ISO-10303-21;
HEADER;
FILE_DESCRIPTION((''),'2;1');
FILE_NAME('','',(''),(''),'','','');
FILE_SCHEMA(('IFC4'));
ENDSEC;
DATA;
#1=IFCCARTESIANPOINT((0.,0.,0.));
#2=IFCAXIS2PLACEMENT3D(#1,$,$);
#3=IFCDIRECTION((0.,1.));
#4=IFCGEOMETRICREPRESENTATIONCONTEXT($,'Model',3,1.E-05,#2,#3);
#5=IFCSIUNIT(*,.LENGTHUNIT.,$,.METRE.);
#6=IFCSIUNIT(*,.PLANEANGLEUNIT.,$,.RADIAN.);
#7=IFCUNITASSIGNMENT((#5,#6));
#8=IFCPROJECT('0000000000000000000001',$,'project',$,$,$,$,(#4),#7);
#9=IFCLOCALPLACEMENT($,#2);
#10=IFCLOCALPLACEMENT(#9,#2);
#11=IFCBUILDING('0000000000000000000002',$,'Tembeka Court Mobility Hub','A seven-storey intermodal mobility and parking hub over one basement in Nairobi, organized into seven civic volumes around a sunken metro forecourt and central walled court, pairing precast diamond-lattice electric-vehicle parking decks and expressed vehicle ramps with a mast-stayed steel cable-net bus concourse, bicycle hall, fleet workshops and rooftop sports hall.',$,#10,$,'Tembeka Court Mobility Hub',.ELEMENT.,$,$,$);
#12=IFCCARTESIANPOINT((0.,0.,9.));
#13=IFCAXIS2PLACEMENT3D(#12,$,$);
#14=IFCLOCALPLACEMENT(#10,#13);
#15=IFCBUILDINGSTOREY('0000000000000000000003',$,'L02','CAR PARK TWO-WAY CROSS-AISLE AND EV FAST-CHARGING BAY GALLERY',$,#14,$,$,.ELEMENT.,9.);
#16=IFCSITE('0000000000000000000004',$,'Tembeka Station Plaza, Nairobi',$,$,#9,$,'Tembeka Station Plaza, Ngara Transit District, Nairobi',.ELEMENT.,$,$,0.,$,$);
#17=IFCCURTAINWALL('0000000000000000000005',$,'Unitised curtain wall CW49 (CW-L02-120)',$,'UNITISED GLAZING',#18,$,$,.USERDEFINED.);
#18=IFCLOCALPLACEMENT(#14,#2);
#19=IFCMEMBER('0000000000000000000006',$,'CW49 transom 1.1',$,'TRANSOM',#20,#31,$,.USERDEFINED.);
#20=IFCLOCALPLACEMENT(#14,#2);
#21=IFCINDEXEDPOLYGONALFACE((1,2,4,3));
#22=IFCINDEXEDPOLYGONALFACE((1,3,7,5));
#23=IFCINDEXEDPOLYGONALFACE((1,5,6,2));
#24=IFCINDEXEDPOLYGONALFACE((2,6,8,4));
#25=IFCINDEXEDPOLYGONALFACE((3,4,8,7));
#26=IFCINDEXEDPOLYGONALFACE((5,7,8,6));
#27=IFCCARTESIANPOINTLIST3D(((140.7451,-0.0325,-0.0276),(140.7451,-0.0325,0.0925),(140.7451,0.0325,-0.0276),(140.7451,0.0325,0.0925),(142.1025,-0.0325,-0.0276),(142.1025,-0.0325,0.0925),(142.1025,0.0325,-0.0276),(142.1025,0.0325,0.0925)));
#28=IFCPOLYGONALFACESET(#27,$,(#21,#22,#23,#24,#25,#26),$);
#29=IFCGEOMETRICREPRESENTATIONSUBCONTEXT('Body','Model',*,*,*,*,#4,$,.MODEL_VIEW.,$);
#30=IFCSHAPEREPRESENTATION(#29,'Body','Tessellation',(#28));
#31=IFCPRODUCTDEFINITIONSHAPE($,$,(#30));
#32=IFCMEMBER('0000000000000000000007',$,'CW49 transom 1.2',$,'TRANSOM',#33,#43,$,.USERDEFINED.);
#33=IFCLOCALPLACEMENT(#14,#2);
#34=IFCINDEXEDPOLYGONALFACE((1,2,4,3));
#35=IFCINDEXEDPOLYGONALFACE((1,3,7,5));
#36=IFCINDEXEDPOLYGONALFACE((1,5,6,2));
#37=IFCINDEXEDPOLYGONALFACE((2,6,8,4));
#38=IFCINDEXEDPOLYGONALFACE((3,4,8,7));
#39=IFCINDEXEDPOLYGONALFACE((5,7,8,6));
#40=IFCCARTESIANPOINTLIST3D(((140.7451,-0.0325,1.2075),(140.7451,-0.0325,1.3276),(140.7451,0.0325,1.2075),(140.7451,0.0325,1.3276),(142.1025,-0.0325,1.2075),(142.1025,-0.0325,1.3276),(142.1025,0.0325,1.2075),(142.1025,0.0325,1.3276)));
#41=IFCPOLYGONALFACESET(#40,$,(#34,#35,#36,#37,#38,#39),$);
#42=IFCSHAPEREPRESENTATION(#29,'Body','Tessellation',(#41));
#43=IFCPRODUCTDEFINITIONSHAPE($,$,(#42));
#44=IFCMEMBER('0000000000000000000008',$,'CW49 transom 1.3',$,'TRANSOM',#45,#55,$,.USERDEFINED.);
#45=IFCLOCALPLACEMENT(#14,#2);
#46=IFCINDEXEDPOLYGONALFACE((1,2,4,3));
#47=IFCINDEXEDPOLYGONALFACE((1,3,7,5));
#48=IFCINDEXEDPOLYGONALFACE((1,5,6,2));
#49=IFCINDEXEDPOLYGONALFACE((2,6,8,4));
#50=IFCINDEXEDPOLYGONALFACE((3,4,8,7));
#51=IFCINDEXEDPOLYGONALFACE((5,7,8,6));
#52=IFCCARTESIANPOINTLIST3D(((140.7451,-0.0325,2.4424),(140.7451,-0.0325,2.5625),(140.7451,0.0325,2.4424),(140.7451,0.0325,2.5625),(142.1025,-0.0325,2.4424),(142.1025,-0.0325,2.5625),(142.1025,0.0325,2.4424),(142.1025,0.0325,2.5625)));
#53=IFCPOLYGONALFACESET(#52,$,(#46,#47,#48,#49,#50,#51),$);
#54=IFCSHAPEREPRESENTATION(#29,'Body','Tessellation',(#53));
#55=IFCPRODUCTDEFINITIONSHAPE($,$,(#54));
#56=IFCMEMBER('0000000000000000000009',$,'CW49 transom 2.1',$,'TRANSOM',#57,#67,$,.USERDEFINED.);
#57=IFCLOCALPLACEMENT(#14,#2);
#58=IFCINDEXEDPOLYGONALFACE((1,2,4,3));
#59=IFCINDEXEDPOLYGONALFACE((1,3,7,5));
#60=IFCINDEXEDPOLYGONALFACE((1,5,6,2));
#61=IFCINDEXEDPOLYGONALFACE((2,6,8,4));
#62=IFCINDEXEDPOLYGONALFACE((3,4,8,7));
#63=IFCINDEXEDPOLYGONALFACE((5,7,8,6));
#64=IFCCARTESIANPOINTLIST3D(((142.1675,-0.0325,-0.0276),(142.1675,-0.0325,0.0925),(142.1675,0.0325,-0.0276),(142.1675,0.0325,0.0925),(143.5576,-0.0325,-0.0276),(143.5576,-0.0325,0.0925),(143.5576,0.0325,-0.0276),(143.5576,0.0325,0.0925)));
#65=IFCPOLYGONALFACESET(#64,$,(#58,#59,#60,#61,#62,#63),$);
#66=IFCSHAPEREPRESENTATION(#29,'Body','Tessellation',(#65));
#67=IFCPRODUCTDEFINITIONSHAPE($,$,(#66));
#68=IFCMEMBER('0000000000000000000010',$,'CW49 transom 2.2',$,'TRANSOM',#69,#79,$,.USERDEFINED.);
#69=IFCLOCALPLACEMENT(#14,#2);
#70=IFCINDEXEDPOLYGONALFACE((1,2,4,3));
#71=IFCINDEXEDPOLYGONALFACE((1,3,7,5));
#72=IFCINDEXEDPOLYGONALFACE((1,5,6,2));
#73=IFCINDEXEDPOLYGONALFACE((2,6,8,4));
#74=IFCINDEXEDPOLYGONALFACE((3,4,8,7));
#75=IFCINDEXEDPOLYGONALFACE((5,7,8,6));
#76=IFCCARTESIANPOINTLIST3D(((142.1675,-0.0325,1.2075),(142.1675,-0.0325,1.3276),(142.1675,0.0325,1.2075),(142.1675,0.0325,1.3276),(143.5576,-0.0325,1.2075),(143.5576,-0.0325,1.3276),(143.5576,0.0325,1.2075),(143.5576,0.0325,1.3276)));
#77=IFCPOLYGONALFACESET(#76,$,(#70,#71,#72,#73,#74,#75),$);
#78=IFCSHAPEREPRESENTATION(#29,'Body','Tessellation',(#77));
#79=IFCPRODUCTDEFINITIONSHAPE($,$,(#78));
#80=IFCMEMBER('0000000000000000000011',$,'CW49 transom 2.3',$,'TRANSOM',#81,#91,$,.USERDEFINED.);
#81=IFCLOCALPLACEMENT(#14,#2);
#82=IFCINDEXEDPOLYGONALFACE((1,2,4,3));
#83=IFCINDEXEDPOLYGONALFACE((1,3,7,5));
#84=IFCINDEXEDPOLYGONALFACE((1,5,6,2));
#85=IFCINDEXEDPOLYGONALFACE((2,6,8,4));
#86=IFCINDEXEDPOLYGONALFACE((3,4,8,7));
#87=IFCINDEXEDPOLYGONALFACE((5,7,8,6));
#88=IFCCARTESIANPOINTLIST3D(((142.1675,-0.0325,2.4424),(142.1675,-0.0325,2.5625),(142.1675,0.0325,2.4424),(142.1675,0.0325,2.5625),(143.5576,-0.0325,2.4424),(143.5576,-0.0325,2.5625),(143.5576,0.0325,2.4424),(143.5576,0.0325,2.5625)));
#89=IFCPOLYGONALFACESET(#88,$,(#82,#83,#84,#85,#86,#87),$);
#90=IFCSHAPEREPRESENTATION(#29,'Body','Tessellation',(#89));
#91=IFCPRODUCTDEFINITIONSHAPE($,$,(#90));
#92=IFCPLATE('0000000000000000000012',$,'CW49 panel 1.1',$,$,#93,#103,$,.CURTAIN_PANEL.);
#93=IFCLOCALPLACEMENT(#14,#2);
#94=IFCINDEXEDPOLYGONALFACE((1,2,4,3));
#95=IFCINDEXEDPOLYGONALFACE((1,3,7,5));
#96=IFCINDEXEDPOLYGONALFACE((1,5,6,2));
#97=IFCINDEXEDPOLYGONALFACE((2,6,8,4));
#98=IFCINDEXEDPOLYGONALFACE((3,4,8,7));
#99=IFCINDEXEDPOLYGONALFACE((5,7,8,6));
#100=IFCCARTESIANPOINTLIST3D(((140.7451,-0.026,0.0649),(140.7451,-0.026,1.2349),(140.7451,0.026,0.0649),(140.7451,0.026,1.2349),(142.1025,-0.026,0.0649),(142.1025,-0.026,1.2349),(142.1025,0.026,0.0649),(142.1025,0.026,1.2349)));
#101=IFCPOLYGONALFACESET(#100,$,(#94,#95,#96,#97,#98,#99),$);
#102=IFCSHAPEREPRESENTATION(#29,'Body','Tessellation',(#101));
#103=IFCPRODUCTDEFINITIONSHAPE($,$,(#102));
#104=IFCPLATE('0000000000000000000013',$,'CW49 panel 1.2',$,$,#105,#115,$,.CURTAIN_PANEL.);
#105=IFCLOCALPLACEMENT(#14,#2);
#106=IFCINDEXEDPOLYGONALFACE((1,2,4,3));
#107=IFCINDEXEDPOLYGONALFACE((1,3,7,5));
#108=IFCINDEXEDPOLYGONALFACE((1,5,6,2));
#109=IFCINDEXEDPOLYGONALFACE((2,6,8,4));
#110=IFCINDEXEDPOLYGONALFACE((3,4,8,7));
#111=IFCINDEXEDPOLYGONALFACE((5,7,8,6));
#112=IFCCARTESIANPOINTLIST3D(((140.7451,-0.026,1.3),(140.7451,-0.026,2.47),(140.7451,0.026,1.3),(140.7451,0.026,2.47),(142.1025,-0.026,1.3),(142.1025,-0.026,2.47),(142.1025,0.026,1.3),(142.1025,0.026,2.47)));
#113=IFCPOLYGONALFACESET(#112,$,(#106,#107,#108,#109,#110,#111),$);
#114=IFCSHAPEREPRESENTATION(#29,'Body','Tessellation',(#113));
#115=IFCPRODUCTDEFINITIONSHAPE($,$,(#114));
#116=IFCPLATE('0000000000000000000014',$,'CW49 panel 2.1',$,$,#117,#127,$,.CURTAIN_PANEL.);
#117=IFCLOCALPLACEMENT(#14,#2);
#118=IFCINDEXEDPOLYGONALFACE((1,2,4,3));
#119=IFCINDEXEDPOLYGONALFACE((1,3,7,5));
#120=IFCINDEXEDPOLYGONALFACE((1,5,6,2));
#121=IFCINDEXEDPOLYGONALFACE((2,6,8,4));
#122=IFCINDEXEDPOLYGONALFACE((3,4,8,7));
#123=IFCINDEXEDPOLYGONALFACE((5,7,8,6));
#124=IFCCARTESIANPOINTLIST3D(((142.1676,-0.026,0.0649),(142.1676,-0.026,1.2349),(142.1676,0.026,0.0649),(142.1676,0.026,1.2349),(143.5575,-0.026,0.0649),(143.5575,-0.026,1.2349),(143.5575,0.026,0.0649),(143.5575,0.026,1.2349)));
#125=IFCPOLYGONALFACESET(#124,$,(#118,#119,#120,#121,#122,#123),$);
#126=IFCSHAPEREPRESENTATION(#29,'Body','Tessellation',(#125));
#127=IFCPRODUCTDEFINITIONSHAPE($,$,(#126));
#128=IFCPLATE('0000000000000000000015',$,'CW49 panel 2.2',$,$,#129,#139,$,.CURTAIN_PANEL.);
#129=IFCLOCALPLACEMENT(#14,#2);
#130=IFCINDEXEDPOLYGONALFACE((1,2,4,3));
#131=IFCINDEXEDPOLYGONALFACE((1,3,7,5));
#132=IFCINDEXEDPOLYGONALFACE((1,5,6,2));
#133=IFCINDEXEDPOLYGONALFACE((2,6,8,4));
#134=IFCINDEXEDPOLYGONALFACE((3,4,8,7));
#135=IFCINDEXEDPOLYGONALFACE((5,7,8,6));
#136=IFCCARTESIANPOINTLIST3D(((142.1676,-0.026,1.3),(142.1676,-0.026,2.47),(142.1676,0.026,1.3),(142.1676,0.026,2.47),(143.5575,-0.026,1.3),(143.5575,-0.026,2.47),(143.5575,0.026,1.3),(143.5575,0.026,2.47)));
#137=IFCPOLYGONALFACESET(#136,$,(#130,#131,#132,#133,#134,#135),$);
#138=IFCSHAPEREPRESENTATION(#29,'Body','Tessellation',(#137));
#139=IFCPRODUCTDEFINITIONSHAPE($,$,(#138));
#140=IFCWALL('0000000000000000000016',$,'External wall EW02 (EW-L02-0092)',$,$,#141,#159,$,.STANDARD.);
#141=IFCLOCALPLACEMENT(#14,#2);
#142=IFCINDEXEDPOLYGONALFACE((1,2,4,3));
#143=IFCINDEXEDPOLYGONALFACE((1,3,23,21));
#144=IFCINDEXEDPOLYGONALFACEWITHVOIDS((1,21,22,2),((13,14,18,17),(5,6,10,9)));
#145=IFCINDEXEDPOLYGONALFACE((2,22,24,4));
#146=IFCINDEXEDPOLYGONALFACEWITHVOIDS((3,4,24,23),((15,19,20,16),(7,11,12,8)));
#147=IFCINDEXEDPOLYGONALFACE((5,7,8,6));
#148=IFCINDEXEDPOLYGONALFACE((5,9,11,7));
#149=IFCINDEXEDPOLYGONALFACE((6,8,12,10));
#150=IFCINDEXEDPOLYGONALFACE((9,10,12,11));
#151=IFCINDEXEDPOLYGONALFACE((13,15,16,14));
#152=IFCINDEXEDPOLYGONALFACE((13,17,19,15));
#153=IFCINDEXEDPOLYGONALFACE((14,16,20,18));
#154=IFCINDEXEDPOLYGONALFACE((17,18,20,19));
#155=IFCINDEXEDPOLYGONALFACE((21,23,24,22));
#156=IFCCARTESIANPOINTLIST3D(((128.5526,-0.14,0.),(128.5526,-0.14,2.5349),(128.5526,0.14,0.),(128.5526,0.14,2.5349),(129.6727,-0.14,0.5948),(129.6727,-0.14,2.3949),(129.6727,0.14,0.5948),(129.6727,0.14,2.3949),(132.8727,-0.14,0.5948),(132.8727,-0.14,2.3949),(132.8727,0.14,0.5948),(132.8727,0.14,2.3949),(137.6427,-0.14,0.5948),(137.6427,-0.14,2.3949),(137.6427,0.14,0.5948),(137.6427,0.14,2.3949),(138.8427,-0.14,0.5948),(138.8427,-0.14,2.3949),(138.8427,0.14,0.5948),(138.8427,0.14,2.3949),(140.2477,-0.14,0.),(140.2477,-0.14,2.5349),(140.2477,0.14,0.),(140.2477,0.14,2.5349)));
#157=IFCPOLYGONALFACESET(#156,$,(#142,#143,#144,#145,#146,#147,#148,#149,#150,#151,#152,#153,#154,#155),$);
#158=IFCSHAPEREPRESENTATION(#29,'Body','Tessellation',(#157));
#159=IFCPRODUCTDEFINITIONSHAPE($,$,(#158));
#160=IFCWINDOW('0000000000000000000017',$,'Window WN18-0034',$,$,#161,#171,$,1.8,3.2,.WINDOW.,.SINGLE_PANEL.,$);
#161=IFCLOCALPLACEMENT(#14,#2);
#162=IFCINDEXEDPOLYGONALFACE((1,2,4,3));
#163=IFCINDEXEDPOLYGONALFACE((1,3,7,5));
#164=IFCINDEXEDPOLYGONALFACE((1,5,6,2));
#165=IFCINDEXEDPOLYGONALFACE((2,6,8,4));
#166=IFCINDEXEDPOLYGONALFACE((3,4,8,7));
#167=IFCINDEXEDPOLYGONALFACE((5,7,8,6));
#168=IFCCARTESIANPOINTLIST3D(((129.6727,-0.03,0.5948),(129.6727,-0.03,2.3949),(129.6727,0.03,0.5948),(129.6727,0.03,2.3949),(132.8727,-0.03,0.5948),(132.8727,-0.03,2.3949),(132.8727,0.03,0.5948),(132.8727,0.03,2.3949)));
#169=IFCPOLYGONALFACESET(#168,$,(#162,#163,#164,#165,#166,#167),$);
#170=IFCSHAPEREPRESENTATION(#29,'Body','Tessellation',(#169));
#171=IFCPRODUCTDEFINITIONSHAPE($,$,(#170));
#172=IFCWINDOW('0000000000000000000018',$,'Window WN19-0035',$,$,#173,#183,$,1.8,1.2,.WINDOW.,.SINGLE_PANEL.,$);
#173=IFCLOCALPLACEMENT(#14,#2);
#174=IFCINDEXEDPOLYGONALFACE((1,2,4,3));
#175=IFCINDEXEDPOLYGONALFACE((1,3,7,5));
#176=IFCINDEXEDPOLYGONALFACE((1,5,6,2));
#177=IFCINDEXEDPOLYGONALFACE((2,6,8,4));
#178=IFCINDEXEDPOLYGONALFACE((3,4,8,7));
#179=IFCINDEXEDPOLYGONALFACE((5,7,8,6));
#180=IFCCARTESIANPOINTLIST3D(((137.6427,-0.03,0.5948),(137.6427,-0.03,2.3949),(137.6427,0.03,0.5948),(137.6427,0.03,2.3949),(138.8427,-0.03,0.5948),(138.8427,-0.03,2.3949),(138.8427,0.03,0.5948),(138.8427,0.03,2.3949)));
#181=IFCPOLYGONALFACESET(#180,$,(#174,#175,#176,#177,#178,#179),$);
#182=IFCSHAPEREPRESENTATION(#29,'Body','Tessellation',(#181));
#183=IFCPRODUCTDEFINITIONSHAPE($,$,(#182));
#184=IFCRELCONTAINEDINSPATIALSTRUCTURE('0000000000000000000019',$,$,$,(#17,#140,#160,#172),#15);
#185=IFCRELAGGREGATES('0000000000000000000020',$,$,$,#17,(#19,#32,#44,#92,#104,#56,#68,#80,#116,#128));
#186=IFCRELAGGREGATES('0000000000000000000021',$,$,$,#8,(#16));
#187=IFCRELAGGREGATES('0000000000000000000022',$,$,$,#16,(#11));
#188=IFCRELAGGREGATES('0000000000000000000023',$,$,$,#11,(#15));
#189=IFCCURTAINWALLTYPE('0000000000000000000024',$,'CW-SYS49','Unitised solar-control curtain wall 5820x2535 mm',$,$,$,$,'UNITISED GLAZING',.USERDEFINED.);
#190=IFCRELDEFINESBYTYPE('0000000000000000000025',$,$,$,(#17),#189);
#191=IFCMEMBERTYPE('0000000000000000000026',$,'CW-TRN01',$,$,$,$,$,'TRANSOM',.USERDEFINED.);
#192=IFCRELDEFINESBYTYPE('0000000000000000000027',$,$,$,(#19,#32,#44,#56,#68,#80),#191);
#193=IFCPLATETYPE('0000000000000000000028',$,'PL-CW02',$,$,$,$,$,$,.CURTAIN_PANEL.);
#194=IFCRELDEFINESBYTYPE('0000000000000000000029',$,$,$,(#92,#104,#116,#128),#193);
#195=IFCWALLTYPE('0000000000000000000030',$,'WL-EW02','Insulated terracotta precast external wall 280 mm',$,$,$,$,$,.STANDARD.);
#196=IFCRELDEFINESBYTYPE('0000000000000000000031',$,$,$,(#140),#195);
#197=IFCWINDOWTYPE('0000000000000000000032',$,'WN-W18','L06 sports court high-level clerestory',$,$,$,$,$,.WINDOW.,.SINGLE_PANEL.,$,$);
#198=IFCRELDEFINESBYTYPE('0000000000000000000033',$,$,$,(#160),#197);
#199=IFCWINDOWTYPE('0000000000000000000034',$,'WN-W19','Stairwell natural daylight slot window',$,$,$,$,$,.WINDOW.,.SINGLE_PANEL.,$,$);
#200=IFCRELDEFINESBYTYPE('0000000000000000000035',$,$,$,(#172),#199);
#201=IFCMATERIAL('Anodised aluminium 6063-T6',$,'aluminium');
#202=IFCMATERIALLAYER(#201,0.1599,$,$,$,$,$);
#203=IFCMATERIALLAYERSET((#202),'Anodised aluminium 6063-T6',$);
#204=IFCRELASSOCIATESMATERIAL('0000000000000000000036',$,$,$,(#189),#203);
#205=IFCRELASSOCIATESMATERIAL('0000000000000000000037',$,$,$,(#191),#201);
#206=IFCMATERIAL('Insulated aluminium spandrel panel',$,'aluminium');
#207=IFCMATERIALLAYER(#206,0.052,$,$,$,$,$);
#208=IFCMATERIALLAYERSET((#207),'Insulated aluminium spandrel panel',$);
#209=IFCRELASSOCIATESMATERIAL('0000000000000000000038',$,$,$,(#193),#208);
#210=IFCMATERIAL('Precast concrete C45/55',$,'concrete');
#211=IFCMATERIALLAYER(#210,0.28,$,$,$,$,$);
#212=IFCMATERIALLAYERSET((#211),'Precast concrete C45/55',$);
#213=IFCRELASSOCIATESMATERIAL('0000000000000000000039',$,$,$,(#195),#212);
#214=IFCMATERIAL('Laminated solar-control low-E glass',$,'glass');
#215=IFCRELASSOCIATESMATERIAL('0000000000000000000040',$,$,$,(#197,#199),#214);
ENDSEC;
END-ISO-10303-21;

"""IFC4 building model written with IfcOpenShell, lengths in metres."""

from ifc_helpers import new_model, si_unit, direction, frame, frame_2d, origin, origin_2d, place, context, subcontext, project, spatial, rectangle, extrude, material, layer, layer_set, material_profile, profile_set, type_object, element, fill, aggregate, save


model = new_model("IFC4")

# Units and contexts
model_context = context("Model", 3, precision=1e-05, world=origin(), true_north=direction((0.0, 1.0)))
body_context = subcontext(model_context, "Body", "Model", "MODEL_VIEW")
ifc_project = project(units=[si_unit("LENGTHUNIT", "METRE"), si_unit("PLANEANGLEUNIT", "RADIAN")], contexts=[model_context])

# Site, building, storey
site_placement = place(None, origin())
site = spatial("IfcSite", under=ifc_project, at=site_placement, Name="Tembeka Station Plaza, Nairobi", LongName="Tembeka Station Plaza, Ngara Transit District, Nairobi", CompositionType="ELEMENT", RefElevation=0.0)
building_placement = place(site_placement, origin())
building = spatial("IfcBuilding", under=site, at=building_placement, Name="Tembeka Court Mobility Hub", Description="A seven-storey intermodal mobility and parking hub over one basement in Nairobi, organized into seven civic volumes around a sunken metro forecourt and central walled court, pairing precast diamond-lattice electric-vehicle parking decks and expressed vehicle ramps with a mast-stayed steel cable-net bus concourse, bicycle hall, fleet workshops and rooftop sports hall.", LongName="Tembeka Court Mobility Hub", CompositionType="ELEMENT")
storey_placement = place(building_placement, frame((0.0, 0.0, 9.0)))
storey = spatial("IfcBuildingStorey", under=building, at=storey_placement, Name="L02", Description="CAR PARK TWO-WAY CROSS-AISLE AND EV FAST-CHARGING BAY GALLERY", CompositionType="ELEMENT", Elevation=9.0)

# Curtain wall, members, plates
ifc_material_1 = material(Name="Anodised aluminium 6063-T6", Category="aluminium")
ifc_layer_1 = layer(ifc_material_1, 0.1599)
ifc_layer_set_1 = layer_set([ifc_layer_1], Name="Anodised aluminium 6063-T6")
curtain_wall_type = type_object("IfcCurtainWallType", Name="CW-SYS49", Description="Unitised solar-control curtain wall 5820x2535 mm", ElementType="UNITISED GLAZING", PredefinedType="USERDEFINED", material=ifc_layer_set_1)
curtain_wall_placement = place(storey_placement, origin())
curtain_wall = element("IfcCurtainWall", 1, at=curtain_wall_placement, inside=storey, type_object=curtain_wall_type, Name="Unitised curtain wall CW49 (CW-L02-120)", ObjectType="UNITISED GLAZING", PredefinedType="USERDEFINED")
ifc_material_profile_1 = material_profile(ifc_material_1, rectangle(XDim=0.0649, YDim=0.1201, at=origin_2d()), Name="ALU-TRN 65x120")
ifc_profile_set_1 = profile_set([ifc_material_profile_1], Name="Anodised aluminium 6063-T6")
member_type_1 = type_object("IfcMemberType", Name="CW-TRN01", ElementType="TRANSOM", PredefinedType="USERDEFINED", material=ifc_profile_set_1)
member_1_placement = place(storey_placement, frame((140.7451, 0.0, 0.0325), z_axis=(1.0, 0.0, 0.0), x_axis=(0.0, 1.0, 0.0)))
member_1 = element("IfcMember", 2, at=member_1_placement, type_object=member_type_1, Name="CW49 transom 1.1", ObjectType="TRANSOM", PredefinedType="USERDEFINED", context=body_context, shape_type="SweptSolid", body=[
    extrude(rectangle(XDim=0.0649, YDim=0.1201, at=origin_2d()), origin(), (0.0, 0.0, 1.0), 1.3574),
])
member_2_placement = place(storey_placement, frame((140.7451, 0.0, 1.2676), z_axis=(1.0, 0.0, 0.0), x_axis=(0.0, 1.0, 0.0)))
member_2 = element("IfcMember", 3, at=member_2_placement, type_object=member_type_1, Name="CW49 transom 1.2", ObjectType="TRANSOM", PredefinedType="USERDEFINED", context=body_context, shape_type="SweptSolid", body=[
    extrude(rectangle(XDim=0.0649, YDim=0.1201, at=origin_2d()), origin(), (0.0, 0.0, 1.0), 1.3574),
])
member_3_placement = place(storey_placement, frame((140.7451, 0.0, 2.5024), z_axis=(1.0, 0.0, 0.0), x_axis=(0.0, 1.0, 0.0)))
member_3 = element("IfcMember", 4, at=member_3_placement, type_object=member_type_1, Name="CW49 transom 1.3", ObjectType="TRANSOM", PredefinedType="USERDEFINED", context=body_context, shape_type="SweptSolid", body=[
    extrude(rectangle(XDim=0.0649, YDim=0.1201, at=origin_2d()), origin(), (0.0, 0.0, 1.0), 1.3574),
])
member_4_placement = place(storey_placement, frame((142.1675, 0.0, 0.0325), z_axis=(1.0, 0.0, 0.0), x_axis=(0.0, 1.0, 0.0)))
member_4 = element("IfcMember", 5, at=member_4_placement, type_object=member_type_1, Name="CW49 transom 2.1", ObjectType="TRANSOM", PredefinedType="USERDEFINED", context=body_context, shape_type="SweptSolid", body=[
    extrude(rectangle(XDim=0.0649, YDim=0.1201, at=origin_2d()), origin(), (0.0, 0.0, 1.0), 1.3901),
])
member_5_placement = place(storey_placement, frame((142.1675, 0.0, 1.2676), z_axis=(1.0, 0.0, 0.0), x_axis=(0.0, 1.0, 0.0)))
member_5 = element("IfcMember", 6, at=member_5_placement, type_object=member_type_1, Name="CW49 transom 2.2", ObjectType="TRANSOM", PredefinedType="USERDEFINED", context=body_context, shape_type="SweptSolid", body=[
    extrude(rectangle(XDim=0.0649, YDim=0.1201, at=origin_2d()), origin(), (0.0, 0.0, 1.0), 1.3901),
])
member_6_placement = place(storey_placement, frame((142.1675, 0.0, 2.5024), z_axis=(1.0, 0.0, 0.0), x_axis=(0.0, 1.0, 0.0)))
member_6 = element("IfcMember", 7, at=member_6_placement, type_object=member_type_1, Name="CW49 transom 2.3", ObjectType="TRANSOM", PredefinedType="USERDEFINED", context=body_context, shape_type="SweptSolid", body=[
    extrude(rectangle(XDim=0.0649, YDim=0.1201, at=origin_2d()), origin(), (0.0, 0.0, 1.0), 1.3901),
])
ifc_material_2 = material(Name="Insulated aluminium spandrel panel", Category="aluminium")
ifc_layer_2 = layer(ifc_material_2, 0.052)
ifc_layer_set_2 = layer_set([ifc_layer_2], Name="Insulated aluminium spandrel panel")
plate_type = type_object("IfcPlateType", Name="PL-CW02", PredefinedType="CURTAIN_PANEL", material=ifc_layer_set_2)
plate_1_placement = place(storey_placement, frame((141.4238, 0.0, 0.0649), z_axis=(0.0, 0.0, 1.0), x_axis=(1.0, 0.0, 0.0)))
plate_1 = element("IfcPlate", 8, at=plate_1_placement, type_object=plate_type, Name="CW49 panel 1.1", PredefinedType="CURTAIN_PANEL", context=body_context, shape_type="SweptSolid", body=[
    extrude(rectangle(XDim=1.3574, YDim=0.052, at=origin_2d()), origin(), (0.0, 0.0, 1.0), 1.1699),
])
plate_2_placement = place(storey_placement, frame((141.4238, 0.0, 1.3), z_axis=(0.0, 0.0, 1.0), x_axis=(1.0, 0.0, 0.0)))
plate_2 = element("IfcPlate", 9, at=plate_2_placement, type_object=plate_type, Name="CW49 panel 1.2", PredefinedType="CURTAIN_PANEL", context=body_context, shape_type="SweptSolid", body=[
    extrude(rectangle(XDim=1.3574, YDim=0.052, at=origin_2d()), origin(), (0.0, 0.0, 1.0), 1.1699),
])
plate_3_placement = place(storey_placement, frame((142.8625, 0.0, 0.0649), z_axis=(0.0, 0.0, 1.0), x_axis=(1.0, 0.0, 0.0)))
plate_3 = element("IfcPlate", 10, at=plate_3_placement, type_object=plate_type, Name="CW49 panel 2.1", PredefinedType="CURTAIN_PANEL", context=body_context, shape_type="SweptSolid", body=[
    extrude(rectangle(XDim=1.3899, YDim=0.052, at=origin_2d()), origin(), (0.0, 0.0, 1.0), 1.1699),
])
plate_4_placement = place(storey_placement, frame((142.8625, 0.0, 1.3), z_axis=(0.0, 0.0, 1.0), x_axis=(1.0, 0.0, 0.0)))
plate_4 = element("IfcPlate", 11, at=plate_4_placement, type_object=plate_type, Name="CW49 panel 2.2", PredefinedType="CURTAIN_PANEL", context=body_context, shape_type="SweptSolid", body=[
    extrude(rectangle(XDim=1.3899, YDim=0.052, at=origin_2d()), origin(), (0.0, 0.0, 1.0), 1.1699),
])
aggregate(curtain_wall, [member_1, member_2, member_3, plate_1, plate_2, member_4, member_5, member_6, plate_3, plate_4])

# Wall, openings, windows
ifc_material_3 = material(Name="Precast concrete C45/55", Category="concrete")
ifc_layer_3 = layer(ifc_material_3, 0.28)
ifc_layer_set_3 = layer_set([ifc_layer_3], Name="Precast concrete C45/55")
wall_type = type_object("IfcWallType", Name="WL-EW02", Description="Insulated terracotta precast external wall 280 mm", PredefinedType="STANDARD", material=ifc_layer_set_3)
wall_placement = place(storey_placement, frame((128.5525, 0.0, 0.0), z_axis=(0.0, 0.0, 1.0), x_axis=(1.0, 0.0, 0.0)))
wall = element("IfcWall", 12, at=wall_placement, inside=storey, type_object=wall_type, Name="External wall EW02 (EW-L02-0092)", PredefinedType="STANDARD", context=body_context, shape_type="SweptSolid", body=[
    extrude(rectangle(XDim=11.6951, YDim=0.28, at=frame_2d((5.8477, 0.0))), origin(), (0.0, 0.0, 1.0), 2.5349),
])
opening_1_placement = place(wall_placement, frame((1.1201, 0.0, 0.595)))
opening_1 = element("IfcOpeningElement", 13, at=opening_1_placement, cuts=wall, PredefinedType="OPENING", context=body_context, shape_type="SweptSolid", body=[
    extrude(rectangle(XDim=3.2, YDim=1.8, at=frame_2d((1.6001, 0.8999))), frame((0.0, 0.1499, 0.0), z_axis=(0.0, -1.0, 0.0), x_axis=(1.0, 0.0, 0.0)), (0.0, 0.0, 1.0), 0.3),
])
opening_2_placement = place(wall_placement, frame((9.0901, 0.0, 0.595)))
opening_2 = element("IfcOpeningElement", 14, at=opening_2_placement, cuts=wall, PredefinedType="OPENING", context=body_context, shape_type="SweptSolid", body=[
    extrude(rectangle(XDim=1.2, YDim=1.8, at=frame_2d((0.6001, 0.8999))), frame((0.0, 0.1499, 0.0), z_axis=(0.0, -1.0, 0.0), x_axis=(1.0, 0.0, 0.0)), (0.0, 0.0, 1.0), 0.3),
])
ifc_material_4 = material(Name="Laminated solar-control low-E glass", Category="glass")
window_type_1 = type_object("IfcWindowType", Name="WN-W18", Description="L06 sports court high-level clerestory", PartitioningType="SINGLE_PANEL", PredefinedType="WINDOW", material=ifc_material_4)
window_1_placement = place(opening_1_placement, origin())
window_1 = element("IfcWindow", 15, at=window_1_placement, inside=storey, type_object=window_type_1, Name="Window WN18-0034", OverallHeight=1.8, OverallWidth=3.2, PartitioningType="SINGLE_PANEL", PredefinedType="WINDOW", context=body_context, shape_type="SweptSolid", body=[
    extrude(rectangle(XDim=3.2, YDim=1.8, at=frame_2d((1.6001, 0.8999))), frame((0.0, 0.03, 0.0), z_axis=(0.0, -1.0, 0.0), x_axis=(1.0, 0.0, 0.0)), (0.0, 0.0, 1.0), 0.0601),
])
fill(opening_1, window_1)
window_type_2 = type_object("IfcWindowType", Name="WN-W19", Description="Stairwell natural daylight slot window", PartitioningType="SINGLE_PANEL", PredefinedType="WINDOW", material=ifc_material_4)
window_2_placement = place(opening_2_placement, origin())
window_2 = element("IfcWindow", 16, at=window_2_placement, inside=storey, type_object=window_type_2, Name="Window WN19-0035", OverallHeight=1.8, OverallWidth=1.2, PartitioningType="SINGLE_PANEL", PredefinedType="WINDOW", context=body_context, shape_type="SweptSolid", body=[
    extrude(rectangle(XDim=1.2, YDim=1.8, at=frame_2d((0.6001, 0.8999))), frame((0.0, 0.03, 0.0), z_axis=(0.0, -1.0, 0.0), x_axis=(1.0, 0.0, 0.0)), (0.0, 0.0, 1.0), 0.0601),
])
fill(opening_2, window_2)

save(model, "model.ifc")
